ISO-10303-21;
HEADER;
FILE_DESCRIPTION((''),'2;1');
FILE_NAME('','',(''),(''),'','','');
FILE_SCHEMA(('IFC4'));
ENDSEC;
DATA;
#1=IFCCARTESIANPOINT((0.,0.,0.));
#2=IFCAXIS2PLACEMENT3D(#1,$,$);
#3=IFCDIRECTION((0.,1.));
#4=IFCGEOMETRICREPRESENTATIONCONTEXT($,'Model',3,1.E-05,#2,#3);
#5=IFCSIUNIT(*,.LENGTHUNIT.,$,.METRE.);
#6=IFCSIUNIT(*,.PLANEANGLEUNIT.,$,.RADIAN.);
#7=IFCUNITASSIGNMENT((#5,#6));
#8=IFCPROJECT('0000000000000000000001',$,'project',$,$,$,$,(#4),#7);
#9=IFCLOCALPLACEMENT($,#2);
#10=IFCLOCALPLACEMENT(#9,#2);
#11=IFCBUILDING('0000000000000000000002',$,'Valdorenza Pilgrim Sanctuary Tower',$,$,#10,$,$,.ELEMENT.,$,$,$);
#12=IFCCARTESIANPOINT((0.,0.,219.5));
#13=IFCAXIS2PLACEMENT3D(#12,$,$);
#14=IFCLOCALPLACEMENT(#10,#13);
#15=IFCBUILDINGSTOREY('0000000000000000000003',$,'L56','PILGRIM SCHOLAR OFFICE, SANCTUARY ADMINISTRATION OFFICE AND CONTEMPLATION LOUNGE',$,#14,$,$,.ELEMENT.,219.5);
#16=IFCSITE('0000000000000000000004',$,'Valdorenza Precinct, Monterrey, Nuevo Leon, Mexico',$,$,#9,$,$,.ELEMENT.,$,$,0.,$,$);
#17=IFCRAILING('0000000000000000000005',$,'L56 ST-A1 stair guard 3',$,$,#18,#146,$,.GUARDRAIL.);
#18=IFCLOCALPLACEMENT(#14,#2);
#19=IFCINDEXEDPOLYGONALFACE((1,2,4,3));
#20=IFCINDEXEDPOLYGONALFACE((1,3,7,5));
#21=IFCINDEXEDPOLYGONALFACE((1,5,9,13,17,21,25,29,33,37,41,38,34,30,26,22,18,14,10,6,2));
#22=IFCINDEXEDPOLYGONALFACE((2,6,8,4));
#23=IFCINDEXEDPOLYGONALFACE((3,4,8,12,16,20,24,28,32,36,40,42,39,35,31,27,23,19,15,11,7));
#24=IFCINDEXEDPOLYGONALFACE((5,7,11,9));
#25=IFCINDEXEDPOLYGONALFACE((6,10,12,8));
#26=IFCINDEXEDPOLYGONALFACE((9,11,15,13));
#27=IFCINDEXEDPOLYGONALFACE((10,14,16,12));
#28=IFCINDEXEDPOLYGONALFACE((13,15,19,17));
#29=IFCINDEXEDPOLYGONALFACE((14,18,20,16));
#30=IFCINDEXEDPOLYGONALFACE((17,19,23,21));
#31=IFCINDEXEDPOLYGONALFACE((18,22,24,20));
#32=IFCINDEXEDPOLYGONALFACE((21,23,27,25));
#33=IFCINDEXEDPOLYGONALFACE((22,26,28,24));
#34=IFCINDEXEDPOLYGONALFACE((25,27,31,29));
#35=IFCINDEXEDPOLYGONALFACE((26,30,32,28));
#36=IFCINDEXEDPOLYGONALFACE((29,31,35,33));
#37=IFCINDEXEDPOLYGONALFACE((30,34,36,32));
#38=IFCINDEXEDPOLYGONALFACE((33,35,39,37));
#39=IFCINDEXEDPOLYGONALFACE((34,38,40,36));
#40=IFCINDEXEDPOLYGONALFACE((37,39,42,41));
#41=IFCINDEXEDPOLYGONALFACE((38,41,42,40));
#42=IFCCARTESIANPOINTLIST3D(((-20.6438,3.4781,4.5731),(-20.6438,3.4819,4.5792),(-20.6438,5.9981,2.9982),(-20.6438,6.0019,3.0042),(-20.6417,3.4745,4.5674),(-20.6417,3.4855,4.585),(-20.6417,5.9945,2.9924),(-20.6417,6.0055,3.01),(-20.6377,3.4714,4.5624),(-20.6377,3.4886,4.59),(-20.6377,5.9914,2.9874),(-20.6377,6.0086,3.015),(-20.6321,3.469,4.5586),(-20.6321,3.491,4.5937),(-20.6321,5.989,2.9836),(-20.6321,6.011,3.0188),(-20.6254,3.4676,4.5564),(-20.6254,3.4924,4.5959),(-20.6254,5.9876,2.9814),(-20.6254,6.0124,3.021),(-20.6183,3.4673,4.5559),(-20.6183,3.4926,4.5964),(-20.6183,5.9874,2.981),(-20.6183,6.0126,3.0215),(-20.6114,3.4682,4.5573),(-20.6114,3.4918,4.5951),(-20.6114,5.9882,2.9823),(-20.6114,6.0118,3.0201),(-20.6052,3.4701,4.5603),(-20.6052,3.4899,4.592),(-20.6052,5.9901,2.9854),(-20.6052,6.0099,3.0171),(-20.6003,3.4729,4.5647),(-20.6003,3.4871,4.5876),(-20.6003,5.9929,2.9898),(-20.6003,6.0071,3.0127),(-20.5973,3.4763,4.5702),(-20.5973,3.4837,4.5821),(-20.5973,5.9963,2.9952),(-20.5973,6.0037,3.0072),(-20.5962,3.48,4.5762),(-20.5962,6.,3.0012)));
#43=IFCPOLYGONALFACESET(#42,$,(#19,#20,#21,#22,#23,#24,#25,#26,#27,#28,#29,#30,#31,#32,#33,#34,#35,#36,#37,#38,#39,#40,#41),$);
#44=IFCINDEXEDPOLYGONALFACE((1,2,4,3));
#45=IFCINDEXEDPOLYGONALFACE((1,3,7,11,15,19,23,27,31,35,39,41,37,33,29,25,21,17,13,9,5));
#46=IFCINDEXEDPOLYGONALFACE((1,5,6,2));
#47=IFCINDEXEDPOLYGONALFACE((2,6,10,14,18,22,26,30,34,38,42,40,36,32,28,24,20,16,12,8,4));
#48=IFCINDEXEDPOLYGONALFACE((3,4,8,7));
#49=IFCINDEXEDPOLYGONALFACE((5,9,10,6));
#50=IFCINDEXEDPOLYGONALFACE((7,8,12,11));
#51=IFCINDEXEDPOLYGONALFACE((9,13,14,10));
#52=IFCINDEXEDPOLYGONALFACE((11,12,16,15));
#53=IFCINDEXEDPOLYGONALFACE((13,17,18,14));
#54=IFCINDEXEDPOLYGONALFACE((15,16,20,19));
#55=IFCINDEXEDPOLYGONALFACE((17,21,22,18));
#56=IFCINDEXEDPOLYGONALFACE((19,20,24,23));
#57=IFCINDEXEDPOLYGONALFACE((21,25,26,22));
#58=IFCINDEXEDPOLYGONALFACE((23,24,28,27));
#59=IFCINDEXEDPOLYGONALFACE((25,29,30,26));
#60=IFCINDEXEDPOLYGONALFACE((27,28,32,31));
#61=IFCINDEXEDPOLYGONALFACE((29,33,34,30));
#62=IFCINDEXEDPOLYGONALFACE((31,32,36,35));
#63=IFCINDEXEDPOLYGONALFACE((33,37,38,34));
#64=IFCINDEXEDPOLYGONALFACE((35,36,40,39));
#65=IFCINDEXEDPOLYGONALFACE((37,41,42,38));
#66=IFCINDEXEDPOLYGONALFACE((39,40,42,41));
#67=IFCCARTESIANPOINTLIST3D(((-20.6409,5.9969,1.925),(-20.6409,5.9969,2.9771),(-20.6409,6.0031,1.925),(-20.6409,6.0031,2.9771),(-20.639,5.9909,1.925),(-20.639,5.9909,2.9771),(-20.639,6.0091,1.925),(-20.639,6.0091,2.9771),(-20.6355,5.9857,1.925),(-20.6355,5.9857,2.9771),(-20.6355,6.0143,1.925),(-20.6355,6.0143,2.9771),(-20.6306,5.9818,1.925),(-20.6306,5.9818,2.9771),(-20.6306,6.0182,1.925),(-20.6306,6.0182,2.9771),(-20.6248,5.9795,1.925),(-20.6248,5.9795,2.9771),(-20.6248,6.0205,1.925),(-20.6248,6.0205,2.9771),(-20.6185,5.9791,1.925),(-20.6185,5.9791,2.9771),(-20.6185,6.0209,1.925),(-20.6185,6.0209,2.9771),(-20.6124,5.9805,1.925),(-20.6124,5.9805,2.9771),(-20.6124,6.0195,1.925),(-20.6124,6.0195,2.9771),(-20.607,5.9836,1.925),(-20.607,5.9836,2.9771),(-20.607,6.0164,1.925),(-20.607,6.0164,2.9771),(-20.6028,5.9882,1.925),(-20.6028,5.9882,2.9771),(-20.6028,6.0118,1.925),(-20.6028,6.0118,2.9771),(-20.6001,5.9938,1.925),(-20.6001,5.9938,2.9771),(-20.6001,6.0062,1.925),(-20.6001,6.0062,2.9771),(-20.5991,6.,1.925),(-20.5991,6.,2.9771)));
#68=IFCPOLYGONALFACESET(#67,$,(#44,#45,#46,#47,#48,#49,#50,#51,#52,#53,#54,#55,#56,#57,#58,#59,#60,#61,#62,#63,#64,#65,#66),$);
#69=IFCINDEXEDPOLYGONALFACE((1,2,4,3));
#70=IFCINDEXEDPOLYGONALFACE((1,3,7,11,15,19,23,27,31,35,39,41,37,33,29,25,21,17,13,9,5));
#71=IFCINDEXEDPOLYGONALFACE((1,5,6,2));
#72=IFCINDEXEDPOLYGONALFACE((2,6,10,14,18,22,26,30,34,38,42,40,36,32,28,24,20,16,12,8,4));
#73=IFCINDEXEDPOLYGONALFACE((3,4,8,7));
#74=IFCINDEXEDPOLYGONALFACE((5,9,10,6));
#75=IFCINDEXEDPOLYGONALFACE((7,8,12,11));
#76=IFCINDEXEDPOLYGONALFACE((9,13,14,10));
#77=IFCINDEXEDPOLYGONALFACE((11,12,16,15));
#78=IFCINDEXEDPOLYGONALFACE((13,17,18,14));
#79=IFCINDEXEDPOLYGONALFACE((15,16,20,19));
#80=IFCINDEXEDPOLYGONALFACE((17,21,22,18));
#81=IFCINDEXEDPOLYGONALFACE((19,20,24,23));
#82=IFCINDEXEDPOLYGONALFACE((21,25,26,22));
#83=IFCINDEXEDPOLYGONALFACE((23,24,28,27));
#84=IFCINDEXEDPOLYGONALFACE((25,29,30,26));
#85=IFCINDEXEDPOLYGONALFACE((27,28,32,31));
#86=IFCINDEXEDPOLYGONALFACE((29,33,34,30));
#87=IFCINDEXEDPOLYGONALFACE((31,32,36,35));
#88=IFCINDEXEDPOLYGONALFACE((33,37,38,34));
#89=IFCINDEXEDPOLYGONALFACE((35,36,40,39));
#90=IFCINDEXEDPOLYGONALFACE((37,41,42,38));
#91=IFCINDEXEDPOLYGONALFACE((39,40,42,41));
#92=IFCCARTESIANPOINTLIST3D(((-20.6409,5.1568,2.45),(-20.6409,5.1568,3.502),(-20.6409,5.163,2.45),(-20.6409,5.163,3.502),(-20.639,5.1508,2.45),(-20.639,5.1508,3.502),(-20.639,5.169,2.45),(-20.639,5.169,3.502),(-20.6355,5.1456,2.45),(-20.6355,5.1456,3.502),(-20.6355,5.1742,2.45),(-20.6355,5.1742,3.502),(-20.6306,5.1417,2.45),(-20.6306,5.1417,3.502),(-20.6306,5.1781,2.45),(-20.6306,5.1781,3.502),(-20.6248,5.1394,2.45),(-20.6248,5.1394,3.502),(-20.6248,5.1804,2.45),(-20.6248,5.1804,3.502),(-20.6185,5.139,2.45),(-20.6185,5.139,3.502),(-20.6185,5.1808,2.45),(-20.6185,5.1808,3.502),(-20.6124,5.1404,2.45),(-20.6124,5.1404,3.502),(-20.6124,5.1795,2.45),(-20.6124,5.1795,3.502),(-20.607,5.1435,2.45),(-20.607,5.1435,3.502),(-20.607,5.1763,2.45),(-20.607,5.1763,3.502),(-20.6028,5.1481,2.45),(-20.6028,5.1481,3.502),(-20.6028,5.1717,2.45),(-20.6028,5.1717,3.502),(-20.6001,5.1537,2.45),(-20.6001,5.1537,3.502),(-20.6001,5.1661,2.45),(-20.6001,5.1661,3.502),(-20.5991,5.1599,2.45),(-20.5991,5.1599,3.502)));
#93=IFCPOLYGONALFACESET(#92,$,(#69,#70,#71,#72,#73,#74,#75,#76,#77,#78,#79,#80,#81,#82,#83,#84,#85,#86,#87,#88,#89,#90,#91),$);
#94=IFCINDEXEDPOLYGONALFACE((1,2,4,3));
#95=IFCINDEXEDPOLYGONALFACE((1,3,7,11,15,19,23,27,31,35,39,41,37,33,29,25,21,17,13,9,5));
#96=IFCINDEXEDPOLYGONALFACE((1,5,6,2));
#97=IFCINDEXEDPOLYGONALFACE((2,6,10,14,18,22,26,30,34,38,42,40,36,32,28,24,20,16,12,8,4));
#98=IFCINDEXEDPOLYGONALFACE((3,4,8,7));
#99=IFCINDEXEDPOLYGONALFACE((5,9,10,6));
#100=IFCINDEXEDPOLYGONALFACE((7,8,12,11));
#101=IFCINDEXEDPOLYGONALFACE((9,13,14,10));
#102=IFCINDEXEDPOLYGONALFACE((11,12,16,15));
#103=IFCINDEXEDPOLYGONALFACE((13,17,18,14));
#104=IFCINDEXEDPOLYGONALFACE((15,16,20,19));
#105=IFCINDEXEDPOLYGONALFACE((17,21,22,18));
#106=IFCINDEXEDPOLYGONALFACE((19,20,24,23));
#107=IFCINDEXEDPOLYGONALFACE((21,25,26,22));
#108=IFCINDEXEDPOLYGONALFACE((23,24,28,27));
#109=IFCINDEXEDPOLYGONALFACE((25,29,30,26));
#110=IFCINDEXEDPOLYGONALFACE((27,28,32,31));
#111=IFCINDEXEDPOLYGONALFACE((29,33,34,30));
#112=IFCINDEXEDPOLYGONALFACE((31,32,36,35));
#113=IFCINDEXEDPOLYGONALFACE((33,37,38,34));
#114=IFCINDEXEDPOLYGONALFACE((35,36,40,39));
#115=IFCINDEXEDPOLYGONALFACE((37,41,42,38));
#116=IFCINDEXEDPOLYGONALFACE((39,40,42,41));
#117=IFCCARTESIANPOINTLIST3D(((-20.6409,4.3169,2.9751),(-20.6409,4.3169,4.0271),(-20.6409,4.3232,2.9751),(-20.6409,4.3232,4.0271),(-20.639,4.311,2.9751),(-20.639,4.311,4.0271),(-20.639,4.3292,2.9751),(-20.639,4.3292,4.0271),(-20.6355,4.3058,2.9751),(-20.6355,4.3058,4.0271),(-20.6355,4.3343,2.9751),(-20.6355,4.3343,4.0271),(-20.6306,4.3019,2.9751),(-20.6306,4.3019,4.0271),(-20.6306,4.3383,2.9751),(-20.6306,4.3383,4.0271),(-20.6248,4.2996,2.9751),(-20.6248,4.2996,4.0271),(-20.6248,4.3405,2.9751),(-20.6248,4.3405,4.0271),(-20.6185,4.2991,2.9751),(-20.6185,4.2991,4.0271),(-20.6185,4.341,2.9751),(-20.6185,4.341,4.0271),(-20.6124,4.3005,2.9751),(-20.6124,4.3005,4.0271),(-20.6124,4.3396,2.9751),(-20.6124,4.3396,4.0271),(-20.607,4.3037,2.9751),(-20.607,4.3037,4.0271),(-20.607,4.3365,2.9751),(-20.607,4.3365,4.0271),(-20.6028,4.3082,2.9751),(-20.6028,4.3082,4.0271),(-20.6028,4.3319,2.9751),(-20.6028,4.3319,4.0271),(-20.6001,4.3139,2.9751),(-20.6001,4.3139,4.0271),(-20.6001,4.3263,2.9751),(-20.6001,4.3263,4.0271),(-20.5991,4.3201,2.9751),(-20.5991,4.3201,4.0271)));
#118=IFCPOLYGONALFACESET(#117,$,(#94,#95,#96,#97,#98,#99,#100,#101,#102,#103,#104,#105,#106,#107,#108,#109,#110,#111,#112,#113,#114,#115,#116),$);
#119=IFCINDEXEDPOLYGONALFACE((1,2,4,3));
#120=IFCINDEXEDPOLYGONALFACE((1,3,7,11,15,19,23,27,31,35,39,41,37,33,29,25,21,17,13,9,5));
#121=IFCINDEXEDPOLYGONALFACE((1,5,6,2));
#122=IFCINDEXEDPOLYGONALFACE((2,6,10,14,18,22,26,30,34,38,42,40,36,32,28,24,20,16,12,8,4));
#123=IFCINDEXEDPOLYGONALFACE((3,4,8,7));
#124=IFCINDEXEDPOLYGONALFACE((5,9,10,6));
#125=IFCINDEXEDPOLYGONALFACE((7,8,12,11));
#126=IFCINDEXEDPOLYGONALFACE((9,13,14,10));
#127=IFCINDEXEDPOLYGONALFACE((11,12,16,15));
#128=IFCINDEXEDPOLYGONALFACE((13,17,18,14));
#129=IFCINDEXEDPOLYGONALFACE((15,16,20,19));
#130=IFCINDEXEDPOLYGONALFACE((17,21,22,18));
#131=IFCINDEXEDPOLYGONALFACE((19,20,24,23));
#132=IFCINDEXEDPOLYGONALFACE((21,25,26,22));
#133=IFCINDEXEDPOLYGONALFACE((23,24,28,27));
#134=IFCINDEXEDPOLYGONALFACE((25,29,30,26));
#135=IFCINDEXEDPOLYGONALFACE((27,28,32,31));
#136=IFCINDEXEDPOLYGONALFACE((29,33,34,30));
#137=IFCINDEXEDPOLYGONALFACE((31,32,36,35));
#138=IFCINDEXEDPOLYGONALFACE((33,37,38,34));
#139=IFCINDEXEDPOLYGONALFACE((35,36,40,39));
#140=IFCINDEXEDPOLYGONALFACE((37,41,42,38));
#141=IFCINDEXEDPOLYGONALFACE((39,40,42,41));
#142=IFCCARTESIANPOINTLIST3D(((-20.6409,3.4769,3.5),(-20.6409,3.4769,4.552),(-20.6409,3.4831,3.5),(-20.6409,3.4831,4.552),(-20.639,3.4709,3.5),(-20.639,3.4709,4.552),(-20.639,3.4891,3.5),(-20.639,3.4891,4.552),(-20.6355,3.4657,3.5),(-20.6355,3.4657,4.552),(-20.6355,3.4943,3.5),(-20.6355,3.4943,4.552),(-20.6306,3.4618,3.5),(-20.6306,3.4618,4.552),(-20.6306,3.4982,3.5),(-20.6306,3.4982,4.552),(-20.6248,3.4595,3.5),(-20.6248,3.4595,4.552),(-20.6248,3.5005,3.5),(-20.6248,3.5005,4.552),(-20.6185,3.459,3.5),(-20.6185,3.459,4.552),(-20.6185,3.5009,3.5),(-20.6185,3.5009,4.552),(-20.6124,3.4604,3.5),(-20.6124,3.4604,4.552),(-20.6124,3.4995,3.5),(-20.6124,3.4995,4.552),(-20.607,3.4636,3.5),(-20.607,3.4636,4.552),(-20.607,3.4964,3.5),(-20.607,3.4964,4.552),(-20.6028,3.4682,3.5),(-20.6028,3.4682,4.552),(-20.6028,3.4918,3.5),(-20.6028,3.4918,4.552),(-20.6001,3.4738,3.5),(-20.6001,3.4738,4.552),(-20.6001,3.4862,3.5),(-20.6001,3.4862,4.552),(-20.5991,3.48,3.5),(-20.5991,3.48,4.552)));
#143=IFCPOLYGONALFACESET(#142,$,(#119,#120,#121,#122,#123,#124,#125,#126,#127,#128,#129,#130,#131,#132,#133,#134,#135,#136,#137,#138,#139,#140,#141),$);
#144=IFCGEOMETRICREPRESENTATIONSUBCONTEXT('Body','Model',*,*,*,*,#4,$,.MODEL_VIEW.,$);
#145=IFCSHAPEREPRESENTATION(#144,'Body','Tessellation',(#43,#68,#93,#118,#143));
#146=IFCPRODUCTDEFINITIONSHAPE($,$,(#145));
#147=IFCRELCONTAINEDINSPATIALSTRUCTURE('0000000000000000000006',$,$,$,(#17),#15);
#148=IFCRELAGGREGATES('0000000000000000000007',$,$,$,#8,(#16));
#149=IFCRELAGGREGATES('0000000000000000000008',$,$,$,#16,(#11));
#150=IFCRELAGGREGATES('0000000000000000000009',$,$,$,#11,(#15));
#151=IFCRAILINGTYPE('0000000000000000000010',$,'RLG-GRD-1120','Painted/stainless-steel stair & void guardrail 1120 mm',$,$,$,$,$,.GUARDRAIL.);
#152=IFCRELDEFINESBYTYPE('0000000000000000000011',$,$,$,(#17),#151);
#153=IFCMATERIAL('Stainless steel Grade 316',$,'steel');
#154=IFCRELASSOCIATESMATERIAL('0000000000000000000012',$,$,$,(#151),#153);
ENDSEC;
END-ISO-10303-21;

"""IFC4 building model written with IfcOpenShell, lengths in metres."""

from ifc_helpers import new_model, si_unit, direction, frame, origin, origin_2d, place, context, subcontext, project, spatial, circle, extrude, material, type_object, element, save


model = new_model("IFC4")

# Units and contexts
model_context = context("Model", 3, precision=1e-05, world=origin(), true_north=direction((0.0, 1.0)))
body_context = subcontext(model_context, "Body", "Model", "MODEL_VIEW")
ifc_project = project(units=[si_unit("LENGTHUNIT", "METRE"), si_unit("PLANEANGLEUNIT", "RADIAN")], contexts=[model_context])

# Site, building, storey
site_placement = place(None, origin())
site = spatial("IfcSite", under=ifc_project, at=site_placement, Name="Valdorenza Precinct, Monterrey, Nuevo Leon, Mexico", CompositionType="ELEMENT", RefElevation=0.0)
building_placement = place(site_placement, origin())
building = spatial("IfcBuilding", under=site, at=building_placement, Name="Valdorenza Pilgrim Sanctuary Tower", CompositionType="ELEMENT")
storey_placement = place(building_placement, frame((0.0, 0.0, 219.5)))
storey = spatial("IfcBuildingStorey", under=building, at=storey_placement, Name="L56", Description="PILGRIM SCHOLAR OFFICE, SANCTUARY ADMINISTRATION OFFICE AND CONTEMPLATION LOUNGE", CompositionType="ELEMENT", Elevation=219.5)

# Railing
ifc_material_1 = material(Name="Stainless steel Grade 316", Category="steel")
railing_type = type_object("IfcRailingType", Name="RLG-GRD-1120", Description="Painted/stainless-steel stair & void guardrail 1120 mm", PredefinedType="GUARDRAIL", material=ifc_material_1)
railing_1_placement = place(storey_placement, frame((-20.6201, 6.0, 1.925)))
element("IfcRailing", 1, at=railing_1_placement, inside=storey, type_object=railing_type, Name="L56 ST-A1 stair guard 3", PredefinedType="GUARDRAIL", context=body_context, shape_type="SweptSolid", body=[
    extrude(circle(Radius=0.0239, at=origin_2d()), frame((0.0, 0.0, 1.0762), z_axis=(0.0, -0.848008, 0.529984), x_axis=(1.0, 0.0, 0.0)), (0.0, 0.0, 1.0), 2.9717),
    extrude(circle(Radius=0.021, at=origin_2d()), origin(), (0.0, 0.0, 1.0), 1.052),
    extrude(circle(Radius=0.021, at=origin_2d()), frame((0.0, -0.8401, 0.5249)), (0.0, 0.0, 1.0), 1.052),
    extrude(circle(Radius=0.021, at=origin_2d()), frame((0.0, -1.6799, 1.05)), (0.0, 0.0, 1.0), 1.052),
    extrude(circle(Radius=0.021, at=origin_2d()), frame((0.0, -2.52, 1.575)), (0.0, 0.0, 1.0), 1.052),
])

save(model, "model.ifc")
